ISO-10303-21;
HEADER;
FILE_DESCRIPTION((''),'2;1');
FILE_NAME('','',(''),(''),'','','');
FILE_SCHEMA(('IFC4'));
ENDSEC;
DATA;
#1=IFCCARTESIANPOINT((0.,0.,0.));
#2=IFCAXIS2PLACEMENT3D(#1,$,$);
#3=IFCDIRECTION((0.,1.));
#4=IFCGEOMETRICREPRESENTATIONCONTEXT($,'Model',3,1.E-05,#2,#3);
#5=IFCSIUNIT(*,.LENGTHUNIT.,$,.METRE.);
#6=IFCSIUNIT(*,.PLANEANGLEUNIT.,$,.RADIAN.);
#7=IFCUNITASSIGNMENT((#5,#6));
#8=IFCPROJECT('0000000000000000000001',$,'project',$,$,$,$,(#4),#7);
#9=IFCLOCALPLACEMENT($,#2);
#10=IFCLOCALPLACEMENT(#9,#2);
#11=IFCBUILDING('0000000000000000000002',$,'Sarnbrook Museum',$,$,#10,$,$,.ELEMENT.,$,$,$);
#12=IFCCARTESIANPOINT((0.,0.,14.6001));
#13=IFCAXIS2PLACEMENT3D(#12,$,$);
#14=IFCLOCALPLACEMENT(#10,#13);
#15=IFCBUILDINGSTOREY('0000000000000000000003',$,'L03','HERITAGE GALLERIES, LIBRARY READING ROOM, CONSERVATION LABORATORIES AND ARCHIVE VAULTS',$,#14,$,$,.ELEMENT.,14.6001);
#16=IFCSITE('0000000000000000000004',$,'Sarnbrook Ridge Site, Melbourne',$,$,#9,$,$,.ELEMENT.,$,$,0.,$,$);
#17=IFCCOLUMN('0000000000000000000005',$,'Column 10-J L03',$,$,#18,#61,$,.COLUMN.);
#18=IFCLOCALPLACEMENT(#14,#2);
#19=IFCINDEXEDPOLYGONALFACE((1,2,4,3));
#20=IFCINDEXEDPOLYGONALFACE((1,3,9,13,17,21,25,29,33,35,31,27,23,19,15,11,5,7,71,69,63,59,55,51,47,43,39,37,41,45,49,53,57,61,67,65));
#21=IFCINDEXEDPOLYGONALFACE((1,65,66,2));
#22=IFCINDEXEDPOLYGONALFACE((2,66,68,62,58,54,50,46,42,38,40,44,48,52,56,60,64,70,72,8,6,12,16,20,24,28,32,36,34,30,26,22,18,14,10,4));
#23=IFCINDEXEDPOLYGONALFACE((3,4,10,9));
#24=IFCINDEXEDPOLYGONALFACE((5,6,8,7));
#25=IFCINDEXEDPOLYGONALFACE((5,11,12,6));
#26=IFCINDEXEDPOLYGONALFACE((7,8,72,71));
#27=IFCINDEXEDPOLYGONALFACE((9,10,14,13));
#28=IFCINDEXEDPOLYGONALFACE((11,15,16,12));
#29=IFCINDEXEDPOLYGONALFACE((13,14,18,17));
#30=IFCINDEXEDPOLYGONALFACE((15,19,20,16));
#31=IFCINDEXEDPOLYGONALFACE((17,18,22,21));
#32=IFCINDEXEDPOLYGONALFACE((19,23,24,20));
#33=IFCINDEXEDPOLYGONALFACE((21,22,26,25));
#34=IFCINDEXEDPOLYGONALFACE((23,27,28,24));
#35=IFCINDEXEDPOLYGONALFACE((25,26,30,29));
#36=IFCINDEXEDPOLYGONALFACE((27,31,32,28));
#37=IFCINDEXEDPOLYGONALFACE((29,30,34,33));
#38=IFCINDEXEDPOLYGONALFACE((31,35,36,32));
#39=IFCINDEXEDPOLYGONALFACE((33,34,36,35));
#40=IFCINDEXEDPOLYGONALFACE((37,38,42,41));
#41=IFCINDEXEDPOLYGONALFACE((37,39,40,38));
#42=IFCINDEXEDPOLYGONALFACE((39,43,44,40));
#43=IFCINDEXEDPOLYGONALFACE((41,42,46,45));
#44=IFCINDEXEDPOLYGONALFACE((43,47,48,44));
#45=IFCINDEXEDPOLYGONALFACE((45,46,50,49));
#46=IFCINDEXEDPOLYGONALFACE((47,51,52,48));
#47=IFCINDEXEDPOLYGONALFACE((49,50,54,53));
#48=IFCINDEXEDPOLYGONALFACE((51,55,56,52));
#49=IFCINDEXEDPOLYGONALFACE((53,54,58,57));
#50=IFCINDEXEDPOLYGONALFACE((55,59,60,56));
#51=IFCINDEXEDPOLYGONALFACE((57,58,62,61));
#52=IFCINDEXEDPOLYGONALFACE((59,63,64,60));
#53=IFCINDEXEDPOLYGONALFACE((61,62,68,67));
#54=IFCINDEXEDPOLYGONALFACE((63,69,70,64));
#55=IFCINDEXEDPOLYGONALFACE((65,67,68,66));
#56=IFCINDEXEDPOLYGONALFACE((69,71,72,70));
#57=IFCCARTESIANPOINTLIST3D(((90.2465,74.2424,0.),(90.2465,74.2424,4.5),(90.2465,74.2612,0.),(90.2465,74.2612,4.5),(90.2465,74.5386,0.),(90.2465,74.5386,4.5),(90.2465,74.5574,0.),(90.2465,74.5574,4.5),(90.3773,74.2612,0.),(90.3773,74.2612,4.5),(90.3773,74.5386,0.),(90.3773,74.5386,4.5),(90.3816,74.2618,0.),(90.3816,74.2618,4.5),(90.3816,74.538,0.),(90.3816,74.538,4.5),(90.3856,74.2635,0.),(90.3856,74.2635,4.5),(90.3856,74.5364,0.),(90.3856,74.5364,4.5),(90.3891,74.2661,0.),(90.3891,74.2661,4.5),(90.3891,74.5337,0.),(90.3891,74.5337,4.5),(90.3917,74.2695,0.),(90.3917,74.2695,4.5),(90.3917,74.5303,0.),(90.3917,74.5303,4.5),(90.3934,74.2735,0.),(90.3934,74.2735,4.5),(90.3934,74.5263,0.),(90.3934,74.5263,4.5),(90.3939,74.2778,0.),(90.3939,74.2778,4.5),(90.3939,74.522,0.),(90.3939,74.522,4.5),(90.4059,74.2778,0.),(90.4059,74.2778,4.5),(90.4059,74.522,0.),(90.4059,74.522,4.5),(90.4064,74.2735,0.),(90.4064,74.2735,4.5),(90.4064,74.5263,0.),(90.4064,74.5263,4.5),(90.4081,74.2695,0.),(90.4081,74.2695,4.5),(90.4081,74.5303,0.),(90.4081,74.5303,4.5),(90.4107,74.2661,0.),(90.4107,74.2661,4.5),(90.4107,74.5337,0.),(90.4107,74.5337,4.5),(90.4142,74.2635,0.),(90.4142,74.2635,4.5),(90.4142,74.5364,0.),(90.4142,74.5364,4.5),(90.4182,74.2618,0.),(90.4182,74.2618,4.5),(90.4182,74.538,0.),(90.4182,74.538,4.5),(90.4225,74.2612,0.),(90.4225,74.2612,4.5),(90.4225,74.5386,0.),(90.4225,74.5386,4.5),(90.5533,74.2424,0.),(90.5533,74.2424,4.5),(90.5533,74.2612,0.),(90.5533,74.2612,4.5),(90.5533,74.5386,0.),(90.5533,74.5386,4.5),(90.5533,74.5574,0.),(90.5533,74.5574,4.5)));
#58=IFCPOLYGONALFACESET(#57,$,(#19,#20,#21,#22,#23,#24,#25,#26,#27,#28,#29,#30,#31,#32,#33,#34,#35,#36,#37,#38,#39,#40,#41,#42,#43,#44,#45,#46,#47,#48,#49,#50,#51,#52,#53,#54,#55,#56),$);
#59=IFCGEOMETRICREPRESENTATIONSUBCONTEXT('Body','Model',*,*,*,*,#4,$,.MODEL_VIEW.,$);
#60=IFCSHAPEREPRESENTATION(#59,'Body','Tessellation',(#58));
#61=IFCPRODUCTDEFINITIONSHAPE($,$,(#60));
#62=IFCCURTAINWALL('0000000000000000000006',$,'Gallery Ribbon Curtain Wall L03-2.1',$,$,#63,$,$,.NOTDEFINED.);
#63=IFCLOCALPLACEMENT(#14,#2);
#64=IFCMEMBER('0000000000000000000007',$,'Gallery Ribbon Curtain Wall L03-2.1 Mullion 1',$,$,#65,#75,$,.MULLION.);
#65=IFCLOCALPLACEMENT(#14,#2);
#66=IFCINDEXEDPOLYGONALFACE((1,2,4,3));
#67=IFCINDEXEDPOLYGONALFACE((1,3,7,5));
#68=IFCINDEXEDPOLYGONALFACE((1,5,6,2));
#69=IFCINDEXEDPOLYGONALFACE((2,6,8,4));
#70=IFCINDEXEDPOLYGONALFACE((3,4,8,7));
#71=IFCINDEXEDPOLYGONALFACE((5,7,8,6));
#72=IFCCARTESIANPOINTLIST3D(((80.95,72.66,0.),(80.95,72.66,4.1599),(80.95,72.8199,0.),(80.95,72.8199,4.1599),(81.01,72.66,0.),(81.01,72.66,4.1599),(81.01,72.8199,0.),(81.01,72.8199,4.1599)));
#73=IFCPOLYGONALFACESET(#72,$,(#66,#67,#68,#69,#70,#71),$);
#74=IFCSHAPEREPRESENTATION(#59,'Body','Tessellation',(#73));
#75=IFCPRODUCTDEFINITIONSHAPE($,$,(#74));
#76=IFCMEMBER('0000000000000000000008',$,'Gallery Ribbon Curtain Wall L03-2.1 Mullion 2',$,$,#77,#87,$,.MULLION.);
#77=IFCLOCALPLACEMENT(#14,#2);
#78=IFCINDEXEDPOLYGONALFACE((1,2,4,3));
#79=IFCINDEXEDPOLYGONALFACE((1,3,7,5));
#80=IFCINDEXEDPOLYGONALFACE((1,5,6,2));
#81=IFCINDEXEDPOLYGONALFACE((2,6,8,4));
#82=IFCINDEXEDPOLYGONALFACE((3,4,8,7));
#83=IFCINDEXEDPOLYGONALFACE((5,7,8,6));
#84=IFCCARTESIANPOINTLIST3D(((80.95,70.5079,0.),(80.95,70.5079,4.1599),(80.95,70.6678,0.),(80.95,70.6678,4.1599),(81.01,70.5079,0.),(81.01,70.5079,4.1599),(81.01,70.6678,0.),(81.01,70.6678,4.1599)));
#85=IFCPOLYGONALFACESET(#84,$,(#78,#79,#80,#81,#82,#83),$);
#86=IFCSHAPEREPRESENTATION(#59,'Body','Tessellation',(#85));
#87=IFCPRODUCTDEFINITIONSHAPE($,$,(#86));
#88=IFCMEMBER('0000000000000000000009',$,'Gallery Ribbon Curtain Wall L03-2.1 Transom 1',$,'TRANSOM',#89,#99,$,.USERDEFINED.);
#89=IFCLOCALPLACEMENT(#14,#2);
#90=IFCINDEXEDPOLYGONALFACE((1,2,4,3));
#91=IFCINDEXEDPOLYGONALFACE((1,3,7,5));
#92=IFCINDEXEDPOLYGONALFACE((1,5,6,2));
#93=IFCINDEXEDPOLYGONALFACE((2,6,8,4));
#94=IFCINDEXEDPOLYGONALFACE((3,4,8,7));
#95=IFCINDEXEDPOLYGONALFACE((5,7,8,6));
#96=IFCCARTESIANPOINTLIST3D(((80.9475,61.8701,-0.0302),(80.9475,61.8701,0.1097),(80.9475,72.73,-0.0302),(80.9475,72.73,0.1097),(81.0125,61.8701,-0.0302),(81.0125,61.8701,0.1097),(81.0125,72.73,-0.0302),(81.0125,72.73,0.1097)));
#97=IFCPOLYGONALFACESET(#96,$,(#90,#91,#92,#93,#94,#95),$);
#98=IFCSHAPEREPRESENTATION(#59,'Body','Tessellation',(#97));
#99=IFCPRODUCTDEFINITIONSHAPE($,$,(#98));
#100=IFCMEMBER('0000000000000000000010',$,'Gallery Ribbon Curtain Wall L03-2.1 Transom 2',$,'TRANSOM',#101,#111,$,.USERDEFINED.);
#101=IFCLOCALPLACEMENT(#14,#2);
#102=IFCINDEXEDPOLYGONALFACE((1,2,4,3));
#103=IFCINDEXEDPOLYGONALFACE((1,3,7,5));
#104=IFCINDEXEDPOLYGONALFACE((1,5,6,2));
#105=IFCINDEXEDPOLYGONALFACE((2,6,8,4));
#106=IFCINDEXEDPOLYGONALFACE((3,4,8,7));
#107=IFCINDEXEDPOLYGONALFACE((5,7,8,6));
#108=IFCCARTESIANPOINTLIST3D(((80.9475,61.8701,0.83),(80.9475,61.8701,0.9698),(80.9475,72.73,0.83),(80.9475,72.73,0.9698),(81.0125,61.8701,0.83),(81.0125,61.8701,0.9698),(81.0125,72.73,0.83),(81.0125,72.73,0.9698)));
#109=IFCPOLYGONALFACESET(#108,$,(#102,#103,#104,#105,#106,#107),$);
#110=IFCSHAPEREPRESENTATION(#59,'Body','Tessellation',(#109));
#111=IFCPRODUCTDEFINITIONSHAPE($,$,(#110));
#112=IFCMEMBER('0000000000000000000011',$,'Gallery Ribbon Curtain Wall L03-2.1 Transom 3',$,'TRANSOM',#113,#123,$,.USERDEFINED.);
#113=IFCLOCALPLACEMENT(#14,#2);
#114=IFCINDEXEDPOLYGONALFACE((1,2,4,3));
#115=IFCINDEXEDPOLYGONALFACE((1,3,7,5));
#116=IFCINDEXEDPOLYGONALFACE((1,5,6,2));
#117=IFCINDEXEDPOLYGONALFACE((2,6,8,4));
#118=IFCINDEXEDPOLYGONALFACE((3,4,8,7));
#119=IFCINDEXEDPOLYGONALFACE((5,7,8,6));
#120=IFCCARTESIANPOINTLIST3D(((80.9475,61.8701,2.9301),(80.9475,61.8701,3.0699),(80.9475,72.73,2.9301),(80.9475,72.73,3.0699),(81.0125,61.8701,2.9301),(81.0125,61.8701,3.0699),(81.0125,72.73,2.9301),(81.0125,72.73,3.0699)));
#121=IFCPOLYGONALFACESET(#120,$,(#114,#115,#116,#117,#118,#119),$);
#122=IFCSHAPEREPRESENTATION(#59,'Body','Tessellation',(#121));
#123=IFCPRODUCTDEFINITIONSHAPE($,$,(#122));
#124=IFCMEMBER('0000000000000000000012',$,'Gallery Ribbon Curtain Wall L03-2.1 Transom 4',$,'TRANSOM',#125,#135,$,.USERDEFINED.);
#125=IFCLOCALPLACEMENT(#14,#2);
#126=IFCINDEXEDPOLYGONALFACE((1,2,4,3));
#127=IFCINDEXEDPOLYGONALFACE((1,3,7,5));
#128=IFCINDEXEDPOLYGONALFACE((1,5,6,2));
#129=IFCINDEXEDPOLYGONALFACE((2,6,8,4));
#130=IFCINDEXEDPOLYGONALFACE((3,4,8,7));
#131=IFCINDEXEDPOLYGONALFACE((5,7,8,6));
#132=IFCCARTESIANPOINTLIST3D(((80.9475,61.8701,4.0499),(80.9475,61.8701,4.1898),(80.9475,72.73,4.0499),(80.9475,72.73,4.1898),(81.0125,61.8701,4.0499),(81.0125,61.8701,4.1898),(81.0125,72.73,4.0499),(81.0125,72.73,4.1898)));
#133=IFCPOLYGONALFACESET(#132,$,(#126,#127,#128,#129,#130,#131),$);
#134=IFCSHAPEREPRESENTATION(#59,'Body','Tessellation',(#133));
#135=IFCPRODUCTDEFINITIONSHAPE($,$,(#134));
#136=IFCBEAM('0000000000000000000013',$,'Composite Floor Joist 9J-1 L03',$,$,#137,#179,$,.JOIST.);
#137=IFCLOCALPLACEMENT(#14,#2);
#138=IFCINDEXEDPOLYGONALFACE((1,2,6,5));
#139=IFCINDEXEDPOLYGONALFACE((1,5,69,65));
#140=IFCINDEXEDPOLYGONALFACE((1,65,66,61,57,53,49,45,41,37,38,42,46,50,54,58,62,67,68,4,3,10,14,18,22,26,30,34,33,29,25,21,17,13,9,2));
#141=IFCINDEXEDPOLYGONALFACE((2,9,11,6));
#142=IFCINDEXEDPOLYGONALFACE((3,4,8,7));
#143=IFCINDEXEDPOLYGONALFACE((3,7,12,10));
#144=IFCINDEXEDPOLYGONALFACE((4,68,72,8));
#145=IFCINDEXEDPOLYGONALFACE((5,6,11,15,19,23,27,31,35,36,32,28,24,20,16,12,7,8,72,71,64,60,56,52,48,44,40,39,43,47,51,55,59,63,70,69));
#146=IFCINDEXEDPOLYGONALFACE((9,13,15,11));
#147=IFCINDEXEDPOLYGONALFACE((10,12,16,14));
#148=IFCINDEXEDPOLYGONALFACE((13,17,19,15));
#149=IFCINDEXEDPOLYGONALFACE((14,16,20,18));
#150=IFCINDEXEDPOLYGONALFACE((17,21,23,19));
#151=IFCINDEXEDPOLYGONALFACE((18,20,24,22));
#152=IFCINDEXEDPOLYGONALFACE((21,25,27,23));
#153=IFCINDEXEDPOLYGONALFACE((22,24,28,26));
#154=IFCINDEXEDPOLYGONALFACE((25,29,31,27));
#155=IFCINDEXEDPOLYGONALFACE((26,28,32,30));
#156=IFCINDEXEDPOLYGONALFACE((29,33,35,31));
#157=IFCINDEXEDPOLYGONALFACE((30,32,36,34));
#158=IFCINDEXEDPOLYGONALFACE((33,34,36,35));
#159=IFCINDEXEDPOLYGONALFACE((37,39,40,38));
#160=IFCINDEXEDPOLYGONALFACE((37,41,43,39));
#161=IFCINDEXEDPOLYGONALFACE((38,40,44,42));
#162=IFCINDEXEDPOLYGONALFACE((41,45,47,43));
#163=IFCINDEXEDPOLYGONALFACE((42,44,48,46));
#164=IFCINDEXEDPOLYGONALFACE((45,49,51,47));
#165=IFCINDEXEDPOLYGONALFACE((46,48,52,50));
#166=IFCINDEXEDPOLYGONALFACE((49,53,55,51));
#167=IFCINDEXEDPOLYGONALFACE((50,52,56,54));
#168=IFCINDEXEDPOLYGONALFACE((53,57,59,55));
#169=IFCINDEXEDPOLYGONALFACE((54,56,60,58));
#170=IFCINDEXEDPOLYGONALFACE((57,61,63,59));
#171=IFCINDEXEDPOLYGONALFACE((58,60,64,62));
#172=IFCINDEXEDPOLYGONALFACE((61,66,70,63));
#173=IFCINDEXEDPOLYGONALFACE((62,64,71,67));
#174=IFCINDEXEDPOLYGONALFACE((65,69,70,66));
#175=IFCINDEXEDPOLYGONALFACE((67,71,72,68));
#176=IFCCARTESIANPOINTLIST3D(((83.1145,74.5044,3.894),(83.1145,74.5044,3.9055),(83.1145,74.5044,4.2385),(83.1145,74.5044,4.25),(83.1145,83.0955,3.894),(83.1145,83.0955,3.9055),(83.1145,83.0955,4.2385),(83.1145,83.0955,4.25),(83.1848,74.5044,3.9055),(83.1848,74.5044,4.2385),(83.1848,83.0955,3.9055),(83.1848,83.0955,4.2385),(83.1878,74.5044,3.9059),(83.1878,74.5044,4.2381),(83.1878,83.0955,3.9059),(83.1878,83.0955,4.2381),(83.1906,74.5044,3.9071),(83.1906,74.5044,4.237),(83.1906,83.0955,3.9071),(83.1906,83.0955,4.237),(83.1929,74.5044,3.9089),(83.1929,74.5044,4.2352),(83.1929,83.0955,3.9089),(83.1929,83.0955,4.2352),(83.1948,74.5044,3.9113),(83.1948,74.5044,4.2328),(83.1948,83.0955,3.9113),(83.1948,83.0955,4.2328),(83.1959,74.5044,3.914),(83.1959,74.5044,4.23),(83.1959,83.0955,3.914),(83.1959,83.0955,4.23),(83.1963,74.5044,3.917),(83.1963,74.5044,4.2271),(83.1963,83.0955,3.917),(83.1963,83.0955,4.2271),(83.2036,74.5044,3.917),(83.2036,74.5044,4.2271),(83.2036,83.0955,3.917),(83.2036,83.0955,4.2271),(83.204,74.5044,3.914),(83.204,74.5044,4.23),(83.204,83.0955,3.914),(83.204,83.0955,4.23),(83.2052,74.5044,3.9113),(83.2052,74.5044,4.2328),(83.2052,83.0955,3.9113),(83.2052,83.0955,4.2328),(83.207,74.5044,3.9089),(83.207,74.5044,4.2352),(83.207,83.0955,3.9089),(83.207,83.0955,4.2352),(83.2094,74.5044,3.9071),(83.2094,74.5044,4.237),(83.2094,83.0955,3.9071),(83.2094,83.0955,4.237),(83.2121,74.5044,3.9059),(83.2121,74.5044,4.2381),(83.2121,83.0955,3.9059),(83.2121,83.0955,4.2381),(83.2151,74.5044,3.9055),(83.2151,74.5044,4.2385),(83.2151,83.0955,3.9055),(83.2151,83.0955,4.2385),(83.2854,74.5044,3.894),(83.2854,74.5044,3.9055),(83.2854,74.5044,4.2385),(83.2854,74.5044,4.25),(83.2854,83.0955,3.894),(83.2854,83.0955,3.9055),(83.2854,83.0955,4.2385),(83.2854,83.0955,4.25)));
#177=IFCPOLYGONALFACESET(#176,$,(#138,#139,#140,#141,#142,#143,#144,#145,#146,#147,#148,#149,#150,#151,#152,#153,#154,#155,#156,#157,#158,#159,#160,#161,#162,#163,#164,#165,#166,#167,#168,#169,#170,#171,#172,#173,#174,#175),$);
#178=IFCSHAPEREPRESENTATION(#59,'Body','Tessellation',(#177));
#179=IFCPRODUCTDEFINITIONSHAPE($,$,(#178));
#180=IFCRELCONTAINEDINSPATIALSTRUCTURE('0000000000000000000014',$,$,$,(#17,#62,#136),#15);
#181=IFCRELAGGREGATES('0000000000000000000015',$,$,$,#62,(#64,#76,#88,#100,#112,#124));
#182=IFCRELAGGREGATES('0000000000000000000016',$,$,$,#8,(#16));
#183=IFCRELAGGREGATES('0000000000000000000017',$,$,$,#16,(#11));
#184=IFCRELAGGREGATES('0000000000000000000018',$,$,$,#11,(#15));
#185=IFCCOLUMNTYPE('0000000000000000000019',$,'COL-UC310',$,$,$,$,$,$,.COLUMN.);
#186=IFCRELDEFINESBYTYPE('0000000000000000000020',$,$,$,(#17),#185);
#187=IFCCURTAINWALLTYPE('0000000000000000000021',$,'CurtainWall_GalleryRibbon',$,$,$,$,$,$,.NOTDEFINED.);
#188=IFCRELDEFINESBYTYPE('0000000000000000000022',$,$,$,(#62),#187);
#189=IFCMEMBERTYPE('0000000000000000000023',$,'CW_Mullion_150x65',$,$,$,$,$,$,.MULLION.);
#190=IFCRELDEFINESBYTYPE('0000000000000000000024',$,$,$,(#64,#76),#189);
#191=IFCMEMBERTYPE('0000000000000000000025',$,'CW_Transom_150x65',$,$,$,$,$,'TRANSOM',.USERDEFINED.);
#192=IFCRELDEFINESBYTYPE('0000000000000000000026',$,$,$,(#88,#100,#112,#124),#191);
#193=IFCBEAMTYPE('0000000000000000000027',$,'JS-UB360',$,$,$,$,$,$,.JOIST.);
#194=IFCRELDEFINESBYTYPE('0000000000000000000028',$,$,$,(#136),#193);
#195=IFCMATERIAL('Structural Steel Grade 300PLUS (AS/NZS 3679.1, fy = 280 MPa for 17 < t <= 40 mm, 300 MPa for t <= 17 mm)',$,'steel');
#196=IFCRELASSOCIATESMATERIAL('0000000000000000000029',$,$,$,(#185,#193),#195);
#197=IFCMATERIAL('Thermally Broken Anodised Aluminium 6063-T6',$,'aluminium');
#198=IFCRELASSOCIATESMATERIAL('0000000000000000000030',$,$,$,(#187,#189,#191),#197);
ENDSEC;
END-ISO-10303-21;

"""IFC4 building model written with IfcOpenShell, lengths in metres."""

from ifc_helpers import new_model, si_unit, direction, frame, origin, origin_2d, place, context, subcontext, project, spatial, rectangle, i_section, extrude, material, material_profile, profile_set, type_object, element, aggregate, save


model = new_model("IFC4")

# Units and contexts
model_context = context("Model", 3, precision=1e-05, world=origin(), true_north=direction((0.0, 1.0)))
body_context = subcontext(model_context, "Body", "Model", "MODEL_VIEW")
ifc_project = project(units=[si_unit("LENGTHUNIT", "METRE"), si_unit("PLANEANGLEUNIT", "RADIAN")], contexts=[model_context])

# Site, building, storey
site_placement = place(None, origin())
site = spatial("IfcSite", under=ifc_project, at=site_placement, Name="Sarnbrook Ridge Site, Melbourne", CompositionType="ELEMENT", RefElevation=0.0)
building_placement = place(site_placement, origin())
building = spatial("IfcBuilding", under=site, at=building_placement, Name="Sarnbrook Museum", CompositionType="ELEMENT")
storey_placement = place(building_placement, frame((0.0, 0.0, 14.6001)))
storey = spatial("IfcBuildingStorey", under=building, at=storey_placement, Name="L03", Description="HERITAGE GALLERIES, LIBRARY READING ROOM, CONSERVATION LABORATORIES AND ARCHIVE VAULTS", CompositionType="ELEMENT", Elevation=14.6001)

# Column
ifc_material_1 = material(Name="Structural Steel Grade 300PLUS (AS/NZS 3679.1, fy = 280 MPa for 17 < t <= 40 mm, 300 MPa for t <= 17 mm)", Category="steel")
ifc_material_profile_1 = material_profile(ifc_material_1, i_section(OverallWidth=0.3069, OverallDepth=0.3149, WebThickness=0.012, FlangeThickness=0.0188, FilletRadius=0.0166, at=origin_2d()), Name="310UC118")
ifc_profile_set_1 = profile_set([ifc_material_profile_1], Name="Structural Steel Grade 300PLUS (AS/NZS 3679.1, fy = 280 MPa for 17 < t <= 40 mm, 300 MPa for t <= 17 mm)")
column_type = type_object("IfcColumnType", Name="COL-UC310", PredefinedType="COLUMN", material=ifc_profile_set_1)
column_placement = place(storey_placement, frame((90.3999, 74.3999, 0.0), z_axis=(0.0, 0.0, 1.0), x_axis=(1.0, 0.0, 0.0)))
element("IfcColumn", 1, at=column_placement, inside=storey, type_object=column_type, Name="Column 10-J L03", PredefinedType="COLUMN", context=body_context, shape_type="SweptSolid", body=[
    extrude(i_section(OverallWidth=0.3069, OverallDepth=0.3149, WebThickness=0.012, FlangeThickness=0.0188, FilletRadius=0.0166, at=origin_2d()), origin(), (0.0, 0.0, 1.0), 4.5),
])

# Curtain wall, members
ifc_material_2 = material(Name="Thermally Broken Anodised Aluminium 6063-T6", Category="aluminium")
curtain_wall_type = type_object("IfcCurtainWallType", Name="CurtainWall_GalleryRibbon", PredefinedType="NOTDEFINED", material=ifc_material_2)
curtain_wall_placement = place(storey_placement, origin())
curtain_wall = element("IfcCurtainWall", 2, at=curtain_wall_placement, inside=storey, type_object=curtain_wall_type, Name="Gallery Ribbon Curtain Wall L03-2.1", PredefinedType="NOTDEFINED")
ifc_material_profile_2 = material_profile(ifc_material_2, rectangle(XDim=0.0601, YDim=0.1599, at=origin_2d()), Name="ALU MULLION 60x160")
ifc_profile_set_2 = profile_set([ifc_material_profile_2], Name="Thermally Broken Anodised Aluminium 6063-T6")
member_type_1 = type_object("IfcMemberType", Name="CW_Mullion_150x65", PredefinedType="MULLION", material=ifc_profile_set_2)
member_1_placement = place(storey_placement, frame((80.98, 72.74, 0.0), z_axis=(0.0, 0.0, 1.0), x_axis=(1.0, 0.0, 0.0)))
member_1 = element("IfcMember", 3, at=member_1_placement, type_object=member_type_1, Name="Gallery Ribbon Curtain Wall L03-2.1 Mullion 1", PredefinedType="MULLION", context=body_context, shape_type="SweptSolid", body=[
    extrude(rectangle(XDim=0.0601, YDim=0.1599, at=origin_2d()), origin(), (0.0, 0.0, 1.0), 4.1599),
])
member_2_placement = place(storey_placement, frame((80.98, 70.5879, 0.0), z_axis=(0.0, 0.0, 1.0), x_axis=(1.0, 0.0, 0.0)))
member_2 = element("IfcMember", 4, at=member_2_placement, type_object=member_type_1, Name="Gallery Ribbon Curtain Wall L03-2.1 Mullion 2", PredefinedType="MULLION", context=body_context, shape_type="SweptSolid", body=[
    extrude(rectangle(XDim=0.0601, YDim=0.1599, at=origin_2d()), origin(), (0.0, 0.0, 1.0), 4.1599),
])
ifc_material_profile_3 = material_profile(ifc_material_2, rectangle(XDim=0.0649, YDim=0.1399, at=origin_2d()), Name="ALU TRANSOM 65x140")
ifc_profile_set_3 = profile_set([ifc_material_profile_3], Name="Thermally Broken Anodised Aluminium 6063-T6")
member_type_2 = type_object("IfcMemberType", Name="CW_Transom_150x65", ElementType="TRANSOM", PredefinedType="USERDEFINED", material=ifc_profile_set_3)
member_3_placement = place(storey_placement, frame((80.98, 72.73, 0.0398), z_axis=(0.0, -1.0, 0.0), x_axis=(1.0, 0.0, 0.0)))
member_3 = element("IfcMember", 5, at=member_3_placement, type_object=member_type_2, Name="Gallery Ribbon Curtain Wall L03-2.1 Transom 1", ObjectType="TRANSOM", PredefinedType="USERDEFINED", context=body_context, shape_type="SweptSolid", body=[
    extrude(rectangle(XDim=0.0649, YDim=0.1399, at=origin_2d()), origin(), (0.0, 0.0, 1.0), 10.8599),
])
member_4_placement = place(storey_placement, frame((80.98, 72.73, 0.8999), z_axis=(0.0, -1.0, 0.0), x_axis=(1.0, 0.0, 0.0)))
member_4 = element("IfcMember", 6, at=member_4_placement, type_object=member_type_2, Name="Gallery Ribbon Curtain Wall L03-2.1 Transom 2", ObjectType="TRANSOM", PredefinedType="USERDEFINED", context=body_context, shape_type="SweptSolid", body=[
    extrude(rectangle(XDim=0.0649, YDim=0.1399, at=origin_2d()), origin(), (0.0, 0.0, 1.0), 10.8599),
])
member_5_placement = place(storey_placement, frame((80.98, 72.73, 3.0), z_axis=(0.0, -1.0, 0.0), x_axis=(1.0, 0.0, 0.0)))
member_5 = element("IfcMember", 7, at=member_5_placement, type_object=member_type_2, Name="Gallery Ribbon Curtain Wall L03-2.1 Transom 3", ObjectType="TRANSOM", PredefinedType="USERDEFINED", context=body_context, shape_type="SweptSolid", body=[
    extrude(rectangle(XDim=0.0649, YDim=0.1399, at=origin_2d()), origin(), (0.0, 0.0, 1.0), 10.8599),
])
member_6_placement = place(storey_placement, frame((80.98, 72.73, 4.1199), z_axis=(0.0, -1.0, 0.0), x_axis=(1.0, 0.0, 0.0)))
member_6 = element("IfcMember", 8, at=member_6_placement, type_object=member_type_2, Name="Gallery Ribbon Curtain Wall L03-2.1 Transom 4", ObjectType="TRANSOM", PredefinedType="USERDEFINED", context=body_context, shape_type="SweptSolid", body=[
    extrude(rectangle(XDim=0.0649, YDim=0.1399, at=origin_2d()), origin(), (0.0, 0.0, 1.0), 10.8599),
])

# Beam
ifc_material_profile_4 = material_profile(ifc_material_1, i_section(OverallWidth=0.1709, OverallDepth=0.356, WebThickness=0.0073, FlangeThickness=0.0115, FilletRadius=0.0115, at=origin_2d()), Name="360UB50.7")
ifc_profile_set_4 = profile_set([ifc_material_profile_4], Name="Structural Steel Grade 300PLUS (AS/NZS 3679.1, fy = 280 MPa for 17 < t <= 40 mm, 300 MPa for t <= 17 mm)")
beam_type = type_object("IfcBeamType", Name="JS-UB360", PredefinedType="JOIST", material=ifc_profile_set_4)
for number, where, z_axis, x_axis, name in (
    (9, (83.2, 74.5044, 4.072), (0.0, 1.0, 0.0), (-1.0, 0.0, 0.0), "Composite Floor Joist 9J-1 L03"),
):
    element("IfcBeam", number, at=place(storey_placement, frame(where, z_axis=z_axis, x_axis=x_axis)), inside=storey, type_object=beam_type, Name=name, PredefinedType="JOIST", context=body_context, shape_type="SweptSolid", body=[
        extrude(i_section(OverallWidth=0.1709, OverallDepth=0.356, WebThickness=0.0073, FlangeThickness=0.0115, FilletRadius=0.0115, at=origin_2d()), origin(), (0.0, 0.0, 1.0), 8.5911),
    ])

aggregate(curtain_wall, [member_1, member_2, member_3, member_4, member_5, member_6])

save(model, "model.ifc")
